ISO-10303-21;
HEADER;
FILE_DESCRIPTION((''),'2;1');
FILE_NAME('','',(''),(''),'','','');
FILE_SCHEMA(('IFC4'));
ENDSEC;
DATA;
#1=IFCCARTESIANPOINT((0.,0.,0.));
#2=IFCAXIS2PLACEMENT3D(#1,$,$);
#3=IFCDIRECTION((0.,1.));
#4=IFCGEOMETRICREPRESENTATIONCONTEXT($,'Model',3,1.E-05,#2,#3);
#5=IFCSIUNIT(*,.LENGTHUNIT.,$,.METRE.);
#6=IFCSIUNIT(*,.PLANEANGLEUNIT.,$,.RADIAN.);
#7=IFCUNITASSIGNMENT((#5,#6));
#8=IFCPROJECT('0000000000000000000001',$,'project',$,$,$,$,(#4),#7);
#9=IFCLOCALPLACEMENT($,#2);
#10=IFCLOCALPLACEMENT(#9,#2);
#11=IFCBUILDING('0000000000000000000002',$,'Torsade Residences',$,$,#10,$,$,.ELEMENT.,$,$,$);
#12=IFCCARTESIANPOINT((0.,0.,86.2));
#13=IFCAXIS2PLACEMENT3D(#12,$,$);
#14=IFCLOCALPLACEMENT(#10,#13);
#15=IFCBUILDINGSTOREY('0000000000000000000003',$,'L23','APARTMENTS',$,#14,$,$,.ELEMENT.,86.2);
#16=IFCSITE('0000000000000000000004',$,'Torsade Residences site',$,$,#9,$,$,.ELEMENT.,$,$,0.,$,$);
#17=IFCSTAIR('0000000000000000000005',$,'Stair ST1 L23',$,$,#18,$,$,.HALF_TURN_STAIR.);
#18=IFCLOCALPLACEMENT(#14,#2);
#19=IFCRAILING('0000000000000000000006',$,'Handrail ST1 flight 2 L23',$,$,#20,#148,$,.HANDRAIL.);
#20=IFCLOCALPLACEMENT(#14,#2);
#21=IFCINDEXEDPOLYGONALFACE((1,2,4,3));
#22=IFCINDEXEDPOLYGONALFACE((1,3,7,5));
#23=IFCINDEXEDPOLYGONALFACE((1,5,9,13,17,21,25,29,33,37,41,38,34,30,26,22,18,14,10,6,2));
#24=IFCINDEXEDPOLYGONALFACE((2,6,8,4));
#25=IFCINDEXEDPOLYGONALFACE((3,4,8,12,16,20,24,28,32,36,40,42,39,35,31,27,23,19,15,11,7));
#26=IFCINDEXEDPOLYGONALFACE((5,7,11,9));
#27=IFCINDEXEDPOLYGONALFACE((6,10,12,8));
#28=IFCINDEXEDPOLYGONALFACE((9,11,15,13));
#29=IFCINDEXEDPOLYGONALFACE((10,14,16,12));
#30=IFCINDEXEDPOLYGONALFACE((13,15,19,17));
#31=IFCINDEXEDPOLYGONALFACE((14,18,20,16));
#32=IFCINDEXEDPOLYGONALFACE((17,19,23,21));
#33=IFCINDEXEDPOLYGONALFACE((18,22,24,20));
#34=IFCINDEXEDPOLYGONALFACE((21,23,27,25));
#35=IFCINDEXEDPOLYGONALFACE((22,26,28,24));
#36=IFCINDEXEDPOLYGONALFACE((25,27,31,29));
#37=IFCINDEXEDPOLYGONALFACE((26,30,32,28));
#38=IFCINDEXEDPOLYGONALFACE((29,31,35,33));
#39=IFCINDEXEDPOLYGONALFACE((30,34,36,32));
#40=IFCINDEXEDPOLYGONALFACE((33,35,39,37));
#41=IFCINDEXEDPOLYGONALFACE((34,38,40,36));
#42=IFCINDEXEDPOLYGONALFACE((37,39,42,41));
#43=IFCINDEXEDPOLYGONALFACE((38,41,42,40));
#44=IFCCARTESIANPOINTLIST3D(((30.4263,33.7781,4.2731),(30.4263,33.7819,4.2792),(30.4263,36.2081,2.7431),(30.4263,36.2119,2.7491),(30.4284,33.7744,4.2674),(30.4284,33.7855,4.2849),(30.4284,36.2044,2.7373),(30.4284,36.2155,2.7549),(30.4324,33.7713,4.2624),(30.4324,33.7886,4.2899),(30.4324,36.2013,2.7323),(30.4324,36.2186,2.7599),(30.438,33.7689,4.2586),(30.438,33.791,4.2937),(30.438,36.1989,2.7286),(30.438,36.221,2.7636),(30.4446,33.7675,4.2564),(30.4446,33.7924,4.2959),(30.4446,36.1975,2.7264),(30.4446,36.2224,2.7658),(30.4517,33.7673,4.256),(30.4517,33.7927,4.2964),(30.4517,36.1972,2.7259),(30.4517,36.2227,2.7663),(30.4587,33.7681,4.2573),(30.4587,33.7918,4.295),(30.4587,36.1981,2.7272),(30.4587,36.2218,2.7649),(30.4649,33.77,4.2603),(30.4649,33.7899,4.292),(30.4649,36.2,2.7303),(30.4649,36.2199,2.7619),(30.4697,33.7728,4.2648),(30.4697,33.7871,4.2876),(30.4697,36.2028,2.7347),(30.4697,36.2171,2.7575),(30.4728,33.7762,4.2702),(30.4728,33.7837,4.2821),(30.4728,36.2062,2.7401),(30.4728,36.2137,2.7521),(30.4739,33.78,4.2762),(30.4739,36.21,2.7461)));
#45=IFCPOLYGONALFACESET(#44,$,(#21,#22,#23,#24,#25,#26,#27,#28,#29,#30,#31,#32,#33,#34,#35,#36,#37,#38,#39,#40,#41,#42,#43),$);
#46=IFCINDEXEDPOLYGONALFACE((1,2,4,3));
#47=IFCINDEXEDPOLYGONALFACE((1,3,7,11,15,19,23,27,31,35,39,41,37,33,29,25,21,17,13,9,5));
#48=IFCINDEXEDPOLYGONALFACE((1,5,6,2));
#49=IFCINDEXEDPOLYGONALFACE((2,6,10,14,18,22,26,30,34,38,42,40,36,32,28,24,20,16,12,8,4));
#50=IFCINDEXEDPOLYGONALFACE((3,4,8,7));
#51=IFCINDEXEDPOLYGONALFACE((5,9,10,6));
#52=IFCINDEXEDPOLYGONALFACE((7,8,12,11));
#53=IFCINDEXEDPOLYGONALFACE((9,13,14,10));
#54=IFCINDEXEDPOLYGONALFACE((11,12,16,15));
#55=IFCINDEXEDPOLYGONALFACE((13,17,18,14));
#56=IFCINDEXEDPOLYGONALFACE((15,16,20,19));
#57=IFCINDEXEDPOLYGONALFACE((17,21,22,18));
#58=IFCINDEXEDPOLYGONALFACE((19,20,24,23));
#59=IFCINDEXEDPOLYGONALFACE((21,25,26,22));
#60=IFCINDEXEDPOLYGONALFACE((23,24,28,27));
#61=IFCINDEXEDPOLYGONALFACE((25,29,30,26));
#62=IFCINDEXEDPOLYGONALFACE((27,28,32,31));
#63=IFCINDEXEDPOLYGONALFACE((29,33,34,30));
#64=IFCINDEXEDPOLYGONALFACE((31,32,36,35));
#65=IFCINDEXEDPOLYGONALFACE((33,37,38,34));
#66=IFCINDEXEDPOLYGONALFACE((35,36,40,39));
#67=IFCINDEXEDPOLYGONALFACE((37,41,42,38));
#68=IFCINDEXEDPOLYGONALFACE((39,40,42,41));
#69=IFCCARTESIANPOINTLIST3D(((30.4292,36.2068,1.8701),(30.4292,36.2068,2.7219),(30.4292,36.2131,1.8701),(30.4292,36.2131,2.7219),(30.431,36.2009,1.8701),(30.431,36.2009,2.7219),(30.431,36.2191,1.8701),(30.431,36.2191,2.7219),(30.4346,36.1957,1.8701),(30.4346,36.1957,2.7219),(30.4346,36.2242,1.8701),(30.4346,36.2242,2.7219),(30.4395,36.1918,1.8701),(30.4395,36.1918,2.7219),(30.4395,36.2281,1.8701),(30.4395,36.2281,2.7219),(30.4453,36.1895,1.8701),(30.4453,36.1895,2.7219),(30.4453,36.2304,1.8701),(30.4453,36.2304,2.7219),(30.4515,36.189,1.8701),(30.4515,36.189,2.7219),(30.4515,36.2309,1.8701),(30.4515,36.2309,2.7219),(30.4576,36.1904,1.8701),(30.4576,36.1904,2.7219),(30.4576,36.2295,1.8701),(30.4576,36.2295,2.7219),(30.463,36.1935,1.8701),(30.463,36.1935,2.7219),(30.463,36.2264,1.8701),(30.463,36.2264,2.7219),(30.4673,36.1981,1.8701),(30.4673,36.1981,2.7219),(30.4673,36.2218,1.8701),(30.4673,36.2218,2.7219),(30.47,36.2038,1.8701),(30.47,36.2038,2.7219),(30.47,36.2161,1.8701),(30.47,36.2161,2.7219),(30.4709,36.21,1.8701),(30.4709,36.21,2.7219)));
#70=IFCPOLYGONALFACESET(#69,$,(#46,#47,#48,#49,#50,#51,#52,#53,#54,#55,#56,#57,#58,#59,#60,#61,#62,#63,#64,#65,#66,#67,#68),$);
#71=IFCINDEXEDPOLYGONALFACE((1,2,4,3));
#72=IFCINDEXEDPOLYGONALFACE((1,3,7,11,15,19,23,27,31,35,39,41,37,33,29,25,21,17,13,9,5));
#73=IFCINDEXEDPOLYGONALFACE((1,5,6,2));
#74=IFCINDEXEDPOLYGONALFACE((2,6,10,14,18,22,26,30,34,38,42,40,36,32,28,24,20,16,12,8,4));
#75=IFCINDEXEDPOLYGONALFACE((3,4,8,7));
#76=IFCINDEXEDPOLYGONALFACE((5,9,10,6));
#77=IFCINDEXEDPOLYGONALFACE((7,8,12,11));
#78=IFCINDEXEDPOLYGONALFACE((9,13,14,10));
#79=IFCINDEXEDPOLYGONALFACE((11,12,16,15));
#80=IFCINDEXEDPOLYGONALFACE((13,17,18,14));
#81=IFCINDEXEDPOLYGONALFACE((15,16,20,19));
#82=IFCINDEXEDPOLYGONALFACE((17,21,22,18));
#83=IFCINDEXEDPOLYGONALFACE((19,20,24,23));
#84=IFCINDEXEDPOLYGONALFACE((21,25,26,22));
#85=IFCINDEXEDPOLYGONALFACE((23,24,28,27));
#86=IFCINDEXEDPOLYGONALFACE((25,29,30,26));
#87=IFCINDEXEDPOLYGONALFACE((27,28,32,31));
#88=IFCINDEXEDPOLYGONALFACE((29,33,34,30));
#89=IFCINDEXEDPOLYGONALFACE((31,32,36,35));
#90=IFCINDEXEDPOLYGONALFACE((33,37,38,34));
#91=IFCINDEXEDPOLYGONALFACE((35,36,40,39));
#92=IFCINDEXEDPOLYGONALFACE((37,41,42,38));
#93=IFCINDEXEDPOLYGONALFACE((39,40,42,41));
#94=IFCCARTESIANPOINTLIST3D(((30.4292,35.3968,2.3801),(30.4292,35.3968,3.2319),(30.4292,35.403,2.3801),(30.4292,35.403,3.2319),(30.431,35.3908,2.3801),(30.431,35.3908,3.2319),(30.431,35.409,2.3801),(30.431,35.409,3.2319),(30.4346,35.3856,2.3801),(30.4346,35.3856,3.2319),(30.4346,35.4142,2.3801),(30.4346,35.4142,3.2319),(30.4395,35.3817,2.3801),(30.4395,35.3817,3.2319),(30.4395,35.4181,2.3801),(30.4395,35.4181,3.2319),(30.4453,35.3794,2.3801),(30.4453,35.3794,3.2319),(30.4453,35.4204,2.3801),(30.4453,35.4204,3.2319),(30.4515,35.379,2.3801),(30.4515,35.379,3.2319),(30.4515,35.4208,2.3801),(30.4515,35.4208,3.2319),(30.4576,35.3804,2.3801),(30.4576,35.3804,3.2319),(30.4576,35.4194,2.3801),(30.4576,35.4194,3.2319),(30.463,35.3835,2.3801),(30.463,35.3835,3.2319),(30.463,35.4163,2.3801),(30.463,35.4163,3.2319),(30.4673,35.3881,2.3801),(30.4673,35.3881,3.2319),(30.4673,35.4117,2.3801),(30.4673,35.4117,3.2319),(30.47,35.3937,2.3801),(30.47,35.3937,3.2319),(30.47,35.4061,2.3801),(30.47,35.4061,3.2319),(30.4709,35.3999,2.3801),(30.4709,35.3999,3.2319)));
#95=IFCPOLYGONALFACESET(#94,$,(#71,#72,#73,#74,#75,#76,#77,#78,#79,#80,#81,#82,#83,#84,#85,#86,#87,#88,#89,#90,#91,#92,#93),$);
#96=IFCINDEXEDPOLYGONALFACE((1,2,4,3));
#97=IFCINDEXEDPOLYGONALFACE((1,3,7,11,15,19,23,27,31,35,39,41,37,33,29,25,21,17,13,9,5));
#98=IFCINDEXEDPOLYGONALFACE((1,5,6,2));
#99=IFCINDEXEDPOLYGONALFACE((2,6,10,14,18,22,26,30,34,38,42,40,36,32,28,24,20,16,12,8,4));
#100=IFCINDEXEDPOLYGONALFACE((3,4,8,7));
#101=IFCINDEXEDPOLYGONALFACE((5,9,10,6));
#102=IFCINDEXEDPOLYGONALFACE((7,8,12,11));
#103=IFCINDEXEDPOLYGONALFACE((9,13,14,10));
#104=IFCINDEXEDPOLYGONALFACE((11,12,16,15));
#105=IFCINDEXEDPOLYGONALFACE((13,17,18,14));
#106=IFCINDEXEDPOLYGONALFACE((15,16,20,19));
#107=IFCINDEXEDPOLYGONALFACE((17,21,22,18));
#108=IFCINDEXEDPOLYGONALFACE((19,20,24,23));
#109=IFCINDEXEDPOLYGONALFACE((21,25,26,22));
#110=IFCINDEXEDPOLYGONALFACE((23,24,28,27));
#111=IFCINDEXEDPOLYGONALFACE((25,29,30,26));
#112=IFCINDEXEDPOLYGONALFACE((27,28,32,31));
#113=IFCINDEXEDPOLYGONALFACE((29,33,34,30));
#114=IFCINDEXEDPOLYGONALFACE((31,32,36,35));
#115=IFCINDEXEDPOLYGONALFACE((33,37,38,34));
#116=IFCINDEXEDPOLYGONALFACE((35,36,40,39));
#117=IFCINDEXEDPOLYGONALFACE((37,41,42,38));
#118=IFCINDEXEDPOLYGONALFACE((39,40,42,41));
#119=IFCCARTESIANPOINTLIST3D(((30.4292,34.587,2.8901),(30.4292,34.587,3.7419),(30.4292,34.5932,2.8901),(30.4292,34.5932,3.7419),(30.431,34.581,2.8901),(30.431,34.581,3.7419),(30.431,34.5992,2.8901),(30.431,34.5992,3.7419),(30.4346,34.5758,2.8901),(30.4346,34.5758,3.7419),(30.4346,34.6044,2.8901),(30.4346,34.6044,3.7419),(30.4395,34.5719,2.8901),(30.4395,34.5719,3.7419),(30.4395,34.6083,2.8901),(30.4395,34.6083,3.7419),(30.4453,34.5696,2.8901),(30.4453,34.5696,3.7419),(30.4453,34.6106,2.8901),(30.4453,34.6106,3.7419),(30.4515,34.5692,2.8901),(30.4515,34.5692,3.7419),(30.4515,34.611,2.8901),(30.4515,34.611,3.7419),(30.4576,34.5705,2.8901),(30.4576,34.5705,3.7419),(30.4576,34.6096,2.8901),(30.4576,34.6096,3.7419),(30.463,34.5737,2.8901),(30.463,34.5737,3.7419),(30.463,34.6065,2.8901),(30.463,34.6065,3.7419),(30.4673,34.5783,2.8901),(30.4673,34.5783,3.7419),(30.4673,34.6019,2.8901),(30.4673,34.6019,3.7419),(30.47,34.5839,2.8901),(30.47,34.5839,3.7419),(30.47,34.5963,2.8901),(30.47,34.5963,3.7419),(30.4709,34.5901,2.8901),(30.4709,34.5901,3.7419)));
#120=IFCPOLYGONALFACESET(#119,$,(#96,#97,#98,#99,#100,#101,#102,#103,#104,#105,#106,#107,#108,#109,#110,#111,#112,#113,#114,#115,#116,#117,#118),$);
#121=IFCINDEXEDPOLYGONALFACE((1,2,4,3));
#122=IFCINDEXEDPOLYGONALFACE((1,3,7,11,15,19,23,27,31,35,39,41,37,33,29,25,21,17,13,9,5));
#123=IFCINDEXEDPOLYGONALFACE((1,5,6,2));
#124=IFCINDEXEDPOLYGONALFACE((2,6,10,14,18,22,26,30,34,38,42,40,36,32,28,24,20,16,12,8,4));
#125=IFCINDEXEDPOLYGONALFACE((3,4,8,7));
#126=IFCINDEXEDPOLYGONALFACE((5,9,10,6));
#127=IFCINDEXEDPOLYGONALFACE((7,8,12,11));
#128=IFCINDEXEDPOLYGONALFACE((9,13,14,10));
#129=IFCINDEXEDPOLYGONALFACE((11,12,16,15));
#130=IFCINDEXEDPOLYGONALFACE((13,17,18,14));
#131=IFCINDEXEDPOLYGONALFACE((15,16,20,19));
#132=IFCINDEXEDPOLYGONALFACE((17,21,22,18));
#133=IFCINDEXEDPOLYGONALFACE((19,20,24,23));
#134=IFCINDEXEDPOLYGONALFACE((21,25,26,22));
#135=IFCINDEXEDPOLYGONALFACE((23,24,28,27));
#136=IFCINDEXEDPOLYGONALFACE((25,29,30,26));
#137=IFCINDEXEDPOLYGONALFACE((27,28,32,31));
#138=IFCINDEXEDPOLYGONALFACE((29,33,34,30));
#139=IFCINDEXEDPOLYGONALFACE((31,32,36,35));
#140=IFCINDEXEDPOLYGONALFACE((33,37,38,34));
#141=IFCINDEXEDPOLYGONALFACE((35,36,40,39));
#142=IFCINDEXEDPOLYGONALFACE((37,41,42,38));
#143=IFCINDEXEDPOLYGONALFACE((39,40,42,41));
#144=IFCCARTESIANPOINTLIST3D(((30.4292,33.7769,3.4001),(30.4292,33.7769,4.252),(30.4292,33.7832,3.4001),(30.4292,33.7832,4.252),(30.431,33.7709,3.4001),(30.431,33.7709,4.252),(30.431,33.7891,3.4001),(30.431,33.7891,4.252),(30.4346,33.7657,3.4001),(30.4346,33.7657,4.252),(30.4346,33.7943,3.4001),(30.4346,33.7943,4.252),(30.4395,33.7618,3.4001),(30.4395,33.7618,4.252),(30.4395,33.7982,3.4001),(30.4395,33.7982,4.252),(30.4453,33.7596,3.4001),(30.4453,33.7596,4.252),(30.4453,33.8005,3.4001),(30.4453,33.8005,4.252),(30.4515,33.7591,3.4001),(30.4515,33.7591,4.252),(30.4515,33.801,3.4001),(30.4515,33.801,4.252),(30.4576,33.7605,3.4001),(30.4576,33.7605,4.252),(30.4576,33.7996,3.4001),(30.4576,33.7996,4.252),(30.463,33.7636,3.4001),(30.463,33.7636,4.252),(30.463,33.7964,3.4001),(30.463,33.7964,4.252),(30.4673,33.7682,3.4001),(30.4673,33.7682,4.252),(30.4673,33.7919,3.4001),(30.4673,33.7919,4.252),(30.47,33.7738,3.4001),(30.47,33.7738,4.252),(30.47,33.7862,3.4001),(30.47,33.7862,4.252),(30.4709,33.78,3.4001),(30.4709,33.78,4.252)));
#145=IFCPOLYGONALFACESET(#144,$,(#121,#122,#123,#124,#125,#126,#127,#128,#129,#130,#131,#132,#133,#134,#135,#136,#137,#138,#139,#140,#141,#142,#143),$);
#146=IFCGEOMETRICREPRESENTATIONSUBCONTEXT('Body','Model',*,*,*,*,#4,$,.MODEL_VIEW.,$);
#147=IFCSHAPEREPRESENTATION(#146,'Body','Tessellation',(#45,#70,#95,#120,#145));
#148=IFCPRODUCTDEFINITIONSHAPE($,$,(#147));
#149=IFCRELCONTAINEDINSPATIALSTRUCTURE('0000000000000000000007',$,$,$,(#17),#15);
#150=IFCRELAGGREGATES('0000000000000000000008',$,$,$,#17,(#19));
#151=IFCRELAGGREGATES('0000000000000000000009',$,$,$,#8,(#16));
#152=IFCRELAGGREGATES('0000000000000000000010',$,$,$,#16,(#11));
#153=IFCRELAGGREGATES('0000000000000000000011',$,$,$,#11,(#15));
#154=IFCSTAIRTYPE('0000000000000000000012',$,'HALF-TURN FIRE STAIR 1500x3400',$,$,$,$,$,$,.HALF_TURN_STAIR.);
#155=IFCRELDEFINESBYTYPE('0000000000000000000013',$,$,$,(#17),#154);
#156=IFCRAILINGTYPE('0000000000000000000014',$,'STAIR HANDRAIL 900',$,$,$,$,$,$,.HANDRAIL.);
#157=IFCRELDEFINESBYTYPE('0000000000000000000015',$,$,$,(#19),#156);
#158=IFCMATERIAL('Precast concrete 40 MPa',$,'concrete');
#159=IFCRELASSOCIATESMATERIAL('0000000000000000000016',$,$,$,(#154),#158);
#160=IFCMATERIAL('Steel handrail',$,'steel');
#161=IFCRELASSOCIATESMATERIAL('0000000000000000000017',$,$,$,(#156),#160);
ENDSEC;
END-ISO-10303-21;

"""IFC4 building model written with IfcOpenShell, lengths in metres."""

from ifc_helpers import new_model, si_unit, direction, frame, origin, origin_2d, place, context, subcontext, project, spatial, circle, extrude, material, type_object, element, aggregate, save


model = new_model("IFC4")

# Units and contexts
model_context = context("Model", 3, precision=1e-05, world=origin(), true_north=direction((0.0, 1.0)))
body_context = subcontext(model_context, "Body", "Model", "MODEL_VIEW")
ifc_project = project(units=[si_unit("LENGTHUNIT", "METRE"), si_unit("PLANEANGLEUNIT", "RADIAN")], contexts=[model_context])

# Site, building, storey
site_placement = place(None, origin())
site = spatial("IfcSite", under=ifc_project, at=site_placement, Name="Torsade Residences site", CompositionType="ELEMENT", RefElevation=0.0)
building_placement = place(site_placement, origin())
building = spatial("IfcBuilding", under=site, at=building_placement, Name="Torsade Residences", CompositionType="ELEMENT")
storey_placement = place(building_placement, frame((0.0, 0.0, 86.2)))
storey = spatial("IfcBuildingStorey", under=building, at=storey_placement, Name="L23", Description="APARTMENTS", CompositionType="ELEMENT", Elevation=86.2)

# Stair, railing
ifc_material_1 = material(Name="Precast concrete 40 MPa", Category="concrete")
stair_type = type_object("IfcStairType", Name="HALF-TURN FIRE STAIR 1500x3400", PredefinedType="HALF_TURN_STAIR", material=ifc_material_1)
stair_placement = place(storey_placement, origin())
stair = element("IfcStair", 1, at=stair_placement, inside=storey, type_object=stair_type, Name="Stair ST1 L23", PredefinedType="HALF_TURN_STAIR")
ifc_material_2 = material(Name="Steel handrail", Category="steel")
railing_type = type_object("IfcRailingType", Name="STAIR HANDRAIL 900", PredefinedType="HANDRAIL", material=ifc_material_2)
railing_1_placement = place(storey_placement, frame((30.45, 36.21, 1.8701)))
railing_1 = element("IfcRailing", 2, at=railing_1_placement, type_object=railing_type, Name="Handrail ST1 flight 2 L23", PredefinedType="HANDRAIL", context=body_context, shape_type="SweptSolid", body=[
    extrude(circle(Radius=0.0239, at=origin_2d()), frame((0.0, 0.0, 0.876), z_axis=(0.0, -0.846221, 0.532831), x_axis=(1.0, 0.0, 0.0)), (0.0, 0.0, 1.0), 2.8716),
    extrude(circle(Radius=0.021, at=origin_2d()), origin(), (0.0, 0.0, 1.0), 0.8518),
    extrude(circle(Radius=0.021, at=origin_2d()), frame((0.0, -0.8101, 0.51)), (0.0, 0.0, 1.0), 0.8518),
    extrude(circle(Radius=0.021, at=origin_2d()), frame((0.0, -1.6199, 1.02)), (0.0, 0.0, 1.0), 0.8518),
    extrude(circle(Radius=0.021, at=origin_2d()), frame((0.0, -2.4299, 1.53)), (0.0, 0.0, 1.0), 0.8518),
])
aggregate(stair, [railing_1])

save(model, "model.ifc")
